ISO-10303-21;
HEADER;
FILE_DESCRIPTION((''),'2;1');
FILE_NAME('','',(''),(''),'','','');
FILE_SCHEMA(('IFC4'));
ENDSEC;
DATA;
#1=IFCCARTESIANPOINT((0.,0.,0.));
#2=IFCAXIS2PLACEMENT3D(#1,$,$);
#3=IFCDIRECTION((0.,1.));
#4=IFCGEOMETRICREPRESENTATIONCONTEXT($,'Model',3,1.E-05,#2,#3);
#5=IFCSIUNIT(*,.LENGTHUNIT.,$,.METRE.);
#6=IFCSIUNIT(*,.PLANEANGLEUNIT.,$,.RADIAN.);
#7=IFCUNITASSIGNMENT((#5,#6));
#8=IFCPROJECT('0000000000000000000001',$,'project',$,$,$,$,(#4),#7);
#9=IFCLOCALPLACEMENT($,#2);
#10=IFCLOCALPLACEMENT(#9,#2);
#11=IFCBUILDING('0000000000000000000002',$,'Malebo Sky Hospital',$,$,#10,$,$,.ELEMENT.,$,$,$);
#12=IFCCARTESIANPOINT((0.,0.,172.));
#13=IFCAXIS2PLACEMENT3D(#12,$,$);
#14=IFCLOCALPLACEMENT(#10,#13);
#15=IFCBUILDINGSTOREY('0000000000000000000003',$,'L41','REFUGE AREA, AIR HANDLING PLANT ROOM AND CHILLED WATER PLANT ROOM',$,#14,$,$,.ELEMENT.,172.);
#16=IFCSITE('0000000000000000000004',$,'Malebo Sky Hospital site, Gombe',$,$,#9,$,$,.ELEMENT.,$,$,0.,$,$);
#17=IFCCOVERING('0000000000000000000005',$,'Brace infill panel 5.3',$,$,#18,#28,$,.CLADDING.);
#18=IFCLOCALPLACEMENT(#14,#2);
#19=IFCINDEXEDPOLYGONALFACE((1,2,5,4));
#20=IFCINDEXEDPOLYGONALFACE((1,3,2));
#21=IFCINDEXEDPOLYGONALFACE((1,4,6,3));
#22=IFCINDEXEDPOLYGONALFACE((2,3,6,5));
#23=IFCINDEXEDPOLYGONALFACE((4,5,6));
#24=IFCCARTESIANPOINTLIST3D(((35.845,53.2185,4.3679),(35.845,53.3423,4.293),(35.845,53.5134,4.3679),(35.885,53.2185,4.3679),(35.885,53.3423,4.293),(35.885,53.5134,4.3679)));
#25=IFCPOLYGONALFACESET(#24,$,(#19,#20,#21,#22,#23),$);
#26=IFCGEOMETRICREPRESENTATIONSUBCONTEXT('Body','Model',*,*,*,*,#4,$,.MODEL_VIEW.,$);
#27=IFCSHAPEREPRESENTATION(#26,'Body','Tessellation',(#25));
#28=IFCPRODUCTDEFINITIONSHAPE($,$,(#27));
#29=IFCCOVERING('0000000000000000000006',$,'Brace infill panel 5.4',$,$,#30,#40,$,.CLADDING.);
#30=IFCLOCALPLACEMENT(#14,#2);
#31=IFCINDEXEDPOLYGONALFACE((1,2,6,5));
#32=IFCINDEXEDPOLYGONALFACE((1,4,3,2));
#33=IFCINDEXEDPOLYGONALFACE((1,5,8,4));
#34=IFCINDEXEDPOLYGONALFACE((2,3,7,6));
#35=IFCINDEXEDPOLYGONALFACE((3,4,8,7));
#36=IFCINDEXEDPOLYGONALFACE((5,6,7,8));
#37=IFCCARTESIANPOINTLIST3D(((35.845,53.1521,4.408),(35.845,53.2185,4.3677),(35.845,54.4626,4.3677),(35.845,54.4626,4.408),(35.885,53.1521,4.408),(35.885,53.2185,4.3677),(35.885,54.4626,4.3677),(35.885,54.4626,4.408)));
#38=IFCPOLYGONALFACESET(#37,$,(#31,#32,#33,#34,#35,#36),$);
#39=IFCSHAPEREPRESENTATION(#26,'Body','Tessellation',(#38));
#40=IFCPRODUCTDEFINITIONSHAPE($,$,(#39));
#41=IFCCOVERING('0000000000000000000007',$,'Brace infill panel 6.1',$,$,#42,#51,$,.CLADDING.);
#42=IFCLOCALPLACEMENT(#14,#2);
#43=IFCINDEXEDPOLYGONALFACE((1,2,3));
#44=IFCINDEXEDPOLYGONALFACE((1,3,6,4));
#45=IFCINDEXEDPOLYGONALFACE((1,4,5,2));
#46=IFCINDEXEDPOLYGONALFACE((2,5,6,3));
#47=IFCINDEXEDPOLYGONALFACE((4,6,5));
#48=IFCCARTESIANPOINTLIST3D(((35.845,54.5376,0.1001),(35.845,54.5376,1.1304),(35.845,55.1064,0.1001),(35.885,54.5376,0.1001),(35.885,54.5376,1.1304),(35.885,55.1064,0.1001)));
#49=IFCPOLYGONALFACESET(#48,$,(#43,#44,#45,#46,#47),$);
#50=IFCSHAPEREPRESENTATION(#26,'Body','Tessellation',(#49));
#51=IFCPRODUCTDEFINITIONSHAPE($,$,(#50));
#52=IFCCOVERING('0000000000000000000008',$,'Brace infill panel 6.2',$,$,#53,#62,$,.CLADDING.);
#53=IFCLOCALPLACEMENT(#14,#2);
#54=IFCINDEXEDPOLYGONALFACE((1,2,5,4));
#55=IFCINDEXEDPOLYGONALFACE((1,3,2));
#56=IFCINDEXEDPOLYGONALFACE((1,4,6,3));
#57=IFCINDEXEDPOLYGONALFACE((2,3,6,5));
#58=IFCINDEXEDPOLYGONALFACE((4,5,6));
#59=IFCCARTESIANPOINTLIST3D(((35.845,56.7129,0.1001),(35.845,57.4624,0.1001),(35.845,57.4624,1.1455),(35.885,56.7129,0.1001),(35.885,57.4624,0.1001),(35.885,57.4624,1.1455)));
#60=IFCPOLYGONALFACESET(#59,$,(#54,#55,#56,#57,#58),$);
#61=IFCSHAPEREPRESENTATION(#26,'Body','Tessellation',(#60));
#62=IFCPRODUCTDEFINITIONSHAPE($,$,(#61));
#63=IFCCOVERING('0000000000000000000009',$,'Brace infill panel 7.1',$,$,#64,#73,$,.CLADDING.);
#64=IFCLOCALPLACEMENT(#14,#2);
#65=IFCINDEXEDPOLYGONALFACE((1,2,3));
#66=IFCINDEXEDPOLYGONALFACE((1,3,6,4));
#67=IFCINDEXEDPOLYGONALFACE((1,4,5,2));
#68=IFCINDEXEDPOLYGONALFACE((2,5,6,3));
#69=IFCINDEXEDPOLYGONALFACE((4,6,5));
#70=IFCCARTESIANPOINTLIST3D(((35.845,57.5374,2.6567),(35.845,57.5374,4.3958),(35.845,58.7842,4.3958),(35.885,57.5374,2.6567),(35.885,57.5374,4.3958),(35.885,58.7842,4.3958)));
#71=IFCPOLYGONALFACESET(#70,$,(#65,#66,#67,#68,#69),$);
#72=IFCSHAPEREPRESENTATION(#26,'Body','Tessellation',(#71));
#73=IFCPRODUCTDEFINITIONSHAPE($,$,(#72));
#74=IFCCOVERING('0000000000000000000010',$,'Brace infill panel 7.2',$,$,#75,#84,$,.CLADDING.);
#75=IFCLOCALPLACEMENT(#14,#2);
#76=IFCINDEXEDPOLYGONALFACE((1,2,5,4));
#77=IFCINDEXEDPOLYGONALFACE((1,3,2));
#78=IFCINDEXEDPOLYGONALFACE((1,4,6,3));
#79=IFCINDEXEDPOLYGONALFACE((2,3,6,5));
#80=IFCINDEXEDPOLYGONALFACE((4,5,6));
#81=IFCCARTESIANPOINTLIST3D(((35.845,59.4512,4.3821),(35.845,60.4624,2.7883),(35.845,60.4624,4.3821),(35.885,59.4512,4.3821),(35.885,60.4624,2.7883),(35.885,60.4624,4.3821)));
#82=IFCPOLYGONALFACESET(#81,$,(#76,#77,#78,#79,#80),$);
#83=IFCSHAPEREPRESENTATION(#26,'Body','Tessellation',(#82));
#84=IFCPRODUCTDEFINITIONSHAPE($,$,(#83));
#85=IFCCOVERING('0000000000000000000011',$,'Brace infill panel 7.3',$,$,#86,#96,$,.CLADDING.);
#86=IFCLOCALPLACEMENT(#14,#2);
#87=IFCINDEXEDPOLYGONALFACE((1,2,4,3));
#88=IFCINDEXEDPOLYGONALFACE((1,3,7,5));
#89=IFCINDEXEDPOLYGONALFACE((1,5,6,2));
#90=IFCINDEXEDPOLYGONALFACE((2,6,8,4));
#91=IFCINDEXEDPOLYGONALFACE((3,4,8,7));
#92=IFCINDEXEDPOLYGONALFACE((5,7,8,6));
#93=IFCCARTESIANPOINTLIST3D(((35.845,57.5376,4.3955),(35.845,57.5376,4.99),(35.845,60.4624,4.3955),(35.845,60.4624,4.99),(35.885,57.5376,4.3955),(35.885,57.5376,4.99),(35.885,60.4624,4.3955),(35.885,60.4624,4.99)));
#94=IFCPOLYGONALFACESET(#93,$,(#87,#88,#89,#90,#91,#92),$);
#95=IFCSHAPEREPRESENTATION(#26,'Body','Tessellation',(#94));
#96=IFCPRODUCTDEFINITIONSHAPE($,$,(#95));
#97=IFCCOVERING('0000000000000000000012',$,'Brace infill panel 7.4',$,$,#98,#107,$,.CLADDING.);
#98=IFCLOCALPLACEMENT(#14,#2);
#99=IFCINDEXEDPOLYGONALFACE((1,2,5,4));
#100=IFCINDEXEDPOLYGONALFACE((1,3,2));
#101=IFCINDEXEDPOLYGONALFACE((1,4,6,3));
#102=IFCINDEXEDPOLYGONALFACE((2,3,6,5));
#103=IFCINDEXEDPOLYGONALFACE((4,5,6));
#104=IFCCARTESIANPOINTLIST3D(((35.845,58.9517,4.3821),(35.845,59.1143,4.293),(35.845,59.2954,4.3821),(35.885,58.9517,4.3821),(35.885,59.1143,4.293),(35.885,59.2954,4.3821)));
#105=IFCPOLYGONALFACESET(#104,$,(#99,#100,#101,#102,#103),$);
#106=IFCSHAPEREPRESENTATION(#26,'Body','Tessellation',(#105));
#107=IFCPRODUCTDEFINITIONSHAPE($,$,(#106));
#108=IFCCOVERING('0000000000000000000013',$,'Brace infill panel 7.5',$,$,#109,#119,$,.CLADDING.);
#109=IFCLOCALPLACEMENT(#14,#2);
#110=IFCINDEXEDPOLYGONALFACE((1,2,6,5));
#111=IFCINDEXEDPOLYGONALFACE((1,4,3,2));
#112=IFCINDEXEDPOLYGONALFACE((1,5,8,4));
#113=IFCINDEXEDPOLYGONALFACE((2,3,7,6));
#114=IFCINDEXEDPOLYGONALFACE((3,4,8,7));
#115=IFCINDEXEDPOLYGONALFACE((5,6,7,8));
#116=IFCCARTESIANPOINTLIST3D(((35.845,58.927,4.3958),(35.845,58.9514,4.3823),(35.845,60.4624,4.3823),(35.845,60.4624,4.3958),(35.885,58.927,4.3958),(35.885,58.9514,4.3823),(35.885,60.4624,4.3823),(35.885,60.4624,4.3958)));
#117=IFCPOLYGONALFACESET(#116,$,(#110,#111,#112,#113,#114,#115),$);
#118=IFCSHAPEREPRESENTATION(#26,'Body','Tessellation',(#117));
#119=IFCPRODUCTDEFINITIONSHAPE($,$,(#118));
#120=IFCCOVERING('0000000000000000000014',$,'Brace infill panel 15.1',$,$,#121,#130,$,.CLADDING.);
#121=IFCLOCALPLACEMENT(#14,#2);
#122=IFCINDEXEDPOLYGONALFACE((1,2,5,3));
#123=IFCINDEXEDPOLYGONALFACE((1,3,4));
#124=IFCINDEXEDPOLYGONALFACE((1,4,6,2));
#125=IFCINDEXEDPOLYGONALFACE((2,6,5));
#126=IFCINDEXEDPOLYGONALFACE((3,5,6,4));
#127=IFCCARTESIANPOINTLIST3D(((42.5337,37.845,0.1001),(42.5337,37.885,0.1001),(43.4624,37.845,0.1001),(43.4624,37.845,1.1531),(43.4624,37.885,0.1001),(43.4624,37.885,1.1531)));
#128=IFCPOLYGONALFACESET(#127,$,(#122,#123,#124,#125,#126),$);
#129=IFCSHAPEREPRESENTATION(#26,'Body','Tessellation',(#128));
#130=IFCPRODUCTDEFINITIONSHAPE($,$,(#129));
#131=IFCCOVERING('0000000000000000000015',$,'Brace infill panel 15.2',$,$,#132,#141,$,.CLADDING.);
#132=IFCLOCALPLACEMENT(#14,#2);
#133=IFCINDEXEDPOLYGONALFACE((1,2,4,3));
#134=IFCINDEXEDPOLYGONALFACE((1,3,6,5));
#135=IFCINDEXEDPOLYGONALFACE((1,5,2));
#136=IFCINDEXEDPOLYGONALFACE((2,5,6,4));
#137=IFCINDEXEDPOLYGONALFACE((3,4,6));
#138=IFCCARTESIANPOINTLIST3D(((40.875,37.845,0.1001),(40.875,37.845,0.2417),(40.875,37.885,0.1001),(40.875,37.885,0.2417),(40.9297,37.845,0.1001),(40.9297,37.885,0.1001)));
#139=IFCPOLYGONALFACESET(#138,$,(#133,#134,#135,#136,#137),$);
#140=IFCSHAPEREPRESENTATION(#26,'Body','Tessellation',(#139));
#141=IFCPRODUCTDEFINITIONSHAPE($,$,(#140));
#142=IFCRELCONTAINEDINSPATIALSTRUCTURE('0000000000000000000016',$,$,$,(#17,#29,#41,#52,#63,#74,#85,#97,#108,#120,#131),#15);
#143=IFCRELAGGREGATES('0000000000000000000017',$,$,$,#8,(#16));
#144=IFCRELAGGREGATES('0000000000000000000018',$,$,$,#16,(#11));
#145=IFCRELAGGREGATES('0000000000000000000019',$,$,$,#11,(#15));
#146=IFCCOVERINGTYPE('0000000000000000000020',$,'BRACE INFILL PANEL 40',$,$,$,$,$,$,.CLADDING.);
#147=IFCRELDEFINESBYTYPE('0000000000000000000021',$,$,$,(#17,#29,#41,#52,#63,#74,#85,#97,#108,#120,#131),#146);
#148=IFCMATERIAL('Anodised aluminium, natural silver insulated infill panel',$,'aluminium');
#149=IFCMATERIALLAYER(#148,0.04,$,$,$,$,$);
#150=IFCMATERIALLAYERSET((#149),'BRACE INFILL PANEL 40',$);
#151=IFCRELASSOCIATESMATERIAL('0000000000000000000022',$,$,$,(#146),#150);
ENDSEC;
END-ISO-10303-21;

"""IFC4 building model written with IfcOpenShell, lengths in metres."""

from ifc_helpers import new_model, si_unit, direction, frame, origin, place, context, subcontext, project, spatial, polyline, outline, extrude, material, layer, layer_set, type_object, element, save


model = new_model("IFC4")

# Units and contexts
model_context = context("Model", 3, precision=1e-05, world=origin(), true_north=direction((0.0, 1.0)))
body_context = subcontext(model_context, "Body", "Model", "MODEL_VIEW")
ifc_project = project(units=[si_unit("LENGTHUNIT", "METRE"), si_unit("PLANEANGLEUNIT", "RADIAN")], contexts=[model_context])

# Site, building, storey
site_placement = place(None, origin())
site = spatial("IfcSite", under=ifc_project, at=site_placement, Name="Malebo Sky Hospital site, Gombe", CompositionType="ELEMENT", RefElevation=0.0)
building_placement = place(site_placement, origin())
building = spatial("IfcBuilding", under=site, at=building_placement, Name="Malebo Sky Hospital", CompositionType="ELEMENT")
storey_placement = place(building_placement, frame((0.0, 0.0, 172.0)))
storey = spatial("IfcBuildingStorey", under=building, at=storey_placement, Name="L41", Description="REFUGE AREA, AIR HANDLING PLANT ROOM AND CHILLED WATER PLANT ROOM", CompositionType="ELEMENT", Elevation=172.0)

# Coverings
ifc_material_1 = material(Name="Anodised aluminium, natural silver insulated infill panel", Category="aluminium")
ifc_layer_1 = layer(ifc_material_1, 0.04)
ifc_layer_set_1 = layer_set([ifc_layer_1], Name="BRACE INFILL PANEL 40")
covering_type = type_object("IfcCoveringType", Name="BRACE INFILL PANEL 40", PredefinedType="CLADDING", material=ifc_layer_set_1)
covering_1_placement = place(storey_placement, frame((35.865, 53.366, 4.293), z_axis=(0.0, 0.0, 1.0), x_axis=(0.0, 1.0, 0.0)))
element("IfcCovering", 1, at=covering_1_placement, inside=storey, type_object=covering_type, Name="Brace infill panel 5.3", PredefinedType="CLADDING", context=body_context, shape_type="SweptSolid", body=[
    extrude(outline(polyline([(-0.0237, 0.0), (0.1475, 0.075), (-0.1475, 0.075), (-0.0237, 0.0)])), frame((0.0, 0.02, 0.0), z_axis=(0.0, -1.0, 0.0), x_axis=(1.0, 0.0, 0.0)), (0.0, 0.0, 1.0), 0.04),
])
covering_2_placement = place(storey_placement, frame((35.865, 53.8074, 4.3677), z_axis=(0.0, 0.0, 1.0), x_axis=(0.0, 1.0, 0.0)))
element("IfcCovering", 2, at=covering_2_placement, inside=storey, type_object=covering_type, Name="Brace infill panel 5.4", PredefinedType="CLADDING", context=body_context, shape_type="SweptSolid", body=[
    extrude(outline(polyline([(-0.5889, 0.0), (0.6553, 0.0), (0.6553, 0.0403), (-0.6553, 0.0403), (-0.5889, 0.0)])), frame((0.0, 0.02, 0.0), z_axis=(0.0, -1.0, 0.0), x_axis=(1.0, 0.0, 0.0)), (0.0, 0.0, 1.0), 0.04),
])
covering_3_placement = place(storey_placement, frame((35.865, 54.822, 0.1001), z_axis=(0.0, 0.0, 1.0), x_axis=(0.0, 1.0, 0.0)))
element("IfcCovering", 3, at=covering_3_placement, inside=storey, type_object=covering_type, Name="Brace infill panel 6.1", PredefinedType="CLADDING", context=body_context, shape_type="SweptSolid", body=[
    extrude(outline(polyline([(-0.2844, 0.0), (0.2844, 0.0), (-0.2844, 1.0303), (-0.2844, 0.0)])), frame((0.0, 0.02, 0.0), z_axis=(0.0, -1.0, 0.0), x_axis=(1.0, 0.0, 0.0)), (0.0, 0.0, 1.0), 0.04),
])
covering_4_placement = place(storey_placement, frame((35.865, 57.0876, 0.1001), z_axis=(0.0, 0.0, 1.0), x_axis=(0.0, 1.0, 0.0)))
element("IfcCovering", 4, at=covering_4_placement, inside=storey, type_object=covering_type, Name="Brace infill panel 6.2", PredefinedType="CLADDING", context=body_context, shape_type="SweptSolid", body=[
    extrude(outline(polyline([(-0.3748, 0.0), (0.3748, 0.0), (0.3748, 1.0454), (-0.3748, 0.0)])), frame((0.0, 0.02, 0.0), z_axis=(0.0, -1.0, 0.0), x_axis=(1.0, 0.0, 0.0)), (0.0, 0.0, 1.0), 0.04),
])
covering_5_placement = place(storey_placement, frame((35.865, 58.1609, 2.6567), z_axis=(0.0, 0.0, 1.0), x_axis=(0.0, 1.0, 0.0)))
element("IfcCovering", 5, at=covering_5_placement, inside=storey, type_object=covering_type, Name="Brace infill panel 7.1", PredefinedType="CLADDING", context=body_context, shape_type="SweptSolid", body=[
    extrude(outline(polyline([(-0.6235, 0.0), (0.6233, 1.739), (-0.6235, 1.739), (-0.6235, 0.0)])), frame((0.0, 0.02, 0.0), z_axis=(0.0, -1.0, 0.0), x_axis=(1.0, 0.0, 0.0)), (0.0, 0.0, 1.0), 0.04),
])
covering_6_placement = place(storey_placement, frame((35.865, 59.9568, 2.7883), z_axis=(0.0, 0.0, 1.0), x_axis=(0.0, 1.0, 0.0)))
element("IfcCovering", 6, at=covering_6_placement, inside=storey, type_object=covering_type, Name="Brace infill panel 7.2", PredefinedType="CLADDING", context=body_context, shape_type="SweptSolid", body=[
    extrude(outline(polyline([(0.5056, 0.0), (0.5056, 1.5938), (-0.5056, 1.5938), (0.5056, 0.0)])), frame((0.0, 0.02, 0.0), z_axis=(0.0, -1.0, 0.0), x_axis=(1.0, 0.0, 0.0)), (0.0, 0.0, 1.0), 0.04),
])
covering_7_placement = place(storey_placement, frame((35.865, 59.0, 4.3955), z_axis=(0.0, 0.0, 1.0), x_axis=(0.0, 1.0, 0.0)))
element("IfcCovering", 7, at=covering_7_placement, inside=storey, type_object=covering_type, Name="Brace infill panel 7.3", PredefinedType="CLADDING", context=body_context, shape_type="SweptSolid", body=[
    extrude(outline(polyline([(-1.4624, 0.0), (1.4624, 0.0), (1.4624, 0.5945), (-1.4624, 0.5945), (-1.4624, 0.0)])), frame((0.0, 0.02, 0.0), z_axis=(0.0, -1.0, 0.0), x_axis=(1.0, 0.0, 0.0)), (0.0, 0.0, 1.0), 0.04),
])
covering_8_placement = place(storey_placement, frame((35.865, 59.1235, 4.293), z_axis=(0.0, 0.0, 1.0), x_axis=(0.0, 1.0, 0.0)))
element("IfcCovering", 8, at=covering_8_placement, inside=storey, type_object=covering_type, Name="Brace infill panel 7.4", PredefinedType="CLADDING", context=body_context, shape_type="SweptSolid", body=[
    extrude(outline(polyline([(-0.0093, 0.0), (0.1719, 0.0891), (-0.1719, 0.0891), (-0.0093, 0.0)])), frame((0.0, 0.02, 0.0), z_axis=(0.0, -1.0, 0.0), x_axis=(1.0, 0.0, 0.0)), (0.0, 0.0, 1.0), 0.04),
])
covering_9_placement = place(storey_placement, frame((35.865, 59.6946, 4.3823), z_axis=(0.0, 0.0, 1.0), x_axis=(0.0, 1.0, 0.0)))
element("IfcCovering", 9, at=covering_9_placement, inside=storey, type_object=covering_type, Name="Brace infill panel 7.5", PredefinedType="CLADDING", context=body_context, shape_type="SweptSolid", body=[
    extrude(outline(polyline([(-0.7432, 0.0), (0.7678, 0.0), (0.7678, 0.0134), (-0.7676, 0.0134), (-0.7432, 0.0)])), frame((0.0, 0.02, 0.0), z_axis=(0.0, -1.0, 0.0), x_axis=(1.0, 0.0, 0.0)), (0.0, 0.0, 1.0), 0.04),
])
covering_10_placement = place(storey_placement, frame((42.998, 37.865, 0.1001), z_axis=(0.0, 0.0, 1.0), x_axis=(-1.0, 0.0, 0.0)))
element("IfcCovering", 10, at=covering_10_placement, inside=storey, type_object=covering_type, Name="Brace infill panel 15.1", PredefinedType="CLADDING", context=body_context, shape_type="SweptSolid", body=[
    extrude(outline(polyline([(-0.4644, 0.0), (0.4644, 0.0), (-0.4644, 1.053), (-0.4644, 0.0)])), frame((0.0, 0.02, 0.0), z_axis=(0.0, -1.0, 0.0), x_axis=(1.0, 0.0, 0.0)), (0.0, 0.0, 1.0), 0.04),
])
covering_11_placement = place(storey_placement, frame((40.9023, 37.865, 0.1001), z_axis=(0.0, 0.0, 1.0), x_axis=(-1.0, 0.0, 0.0)))
element("IfcCovering", 11, at=covering_11_placement, inside=storey, type_object=covering_type, Name="Brace infill panel 15.2", PredefinedType="CLADDING", context=body_context, shape_type="SweptSolid", body=[
    extrude(outline(polyline([(-0.0273, 0.0), (0.0273, 0.0), (0.0273, 0.1416), (-0.0273, 0.0)])), frame((0.0, 0.02, 0.0), z_axis=(0.0, -1.0, 0.0), x_axis=(1.0, 0.0, 0.0)), (0.0, 0.0, 1.0), 0.04),
])

save(model, "model.ifc")
